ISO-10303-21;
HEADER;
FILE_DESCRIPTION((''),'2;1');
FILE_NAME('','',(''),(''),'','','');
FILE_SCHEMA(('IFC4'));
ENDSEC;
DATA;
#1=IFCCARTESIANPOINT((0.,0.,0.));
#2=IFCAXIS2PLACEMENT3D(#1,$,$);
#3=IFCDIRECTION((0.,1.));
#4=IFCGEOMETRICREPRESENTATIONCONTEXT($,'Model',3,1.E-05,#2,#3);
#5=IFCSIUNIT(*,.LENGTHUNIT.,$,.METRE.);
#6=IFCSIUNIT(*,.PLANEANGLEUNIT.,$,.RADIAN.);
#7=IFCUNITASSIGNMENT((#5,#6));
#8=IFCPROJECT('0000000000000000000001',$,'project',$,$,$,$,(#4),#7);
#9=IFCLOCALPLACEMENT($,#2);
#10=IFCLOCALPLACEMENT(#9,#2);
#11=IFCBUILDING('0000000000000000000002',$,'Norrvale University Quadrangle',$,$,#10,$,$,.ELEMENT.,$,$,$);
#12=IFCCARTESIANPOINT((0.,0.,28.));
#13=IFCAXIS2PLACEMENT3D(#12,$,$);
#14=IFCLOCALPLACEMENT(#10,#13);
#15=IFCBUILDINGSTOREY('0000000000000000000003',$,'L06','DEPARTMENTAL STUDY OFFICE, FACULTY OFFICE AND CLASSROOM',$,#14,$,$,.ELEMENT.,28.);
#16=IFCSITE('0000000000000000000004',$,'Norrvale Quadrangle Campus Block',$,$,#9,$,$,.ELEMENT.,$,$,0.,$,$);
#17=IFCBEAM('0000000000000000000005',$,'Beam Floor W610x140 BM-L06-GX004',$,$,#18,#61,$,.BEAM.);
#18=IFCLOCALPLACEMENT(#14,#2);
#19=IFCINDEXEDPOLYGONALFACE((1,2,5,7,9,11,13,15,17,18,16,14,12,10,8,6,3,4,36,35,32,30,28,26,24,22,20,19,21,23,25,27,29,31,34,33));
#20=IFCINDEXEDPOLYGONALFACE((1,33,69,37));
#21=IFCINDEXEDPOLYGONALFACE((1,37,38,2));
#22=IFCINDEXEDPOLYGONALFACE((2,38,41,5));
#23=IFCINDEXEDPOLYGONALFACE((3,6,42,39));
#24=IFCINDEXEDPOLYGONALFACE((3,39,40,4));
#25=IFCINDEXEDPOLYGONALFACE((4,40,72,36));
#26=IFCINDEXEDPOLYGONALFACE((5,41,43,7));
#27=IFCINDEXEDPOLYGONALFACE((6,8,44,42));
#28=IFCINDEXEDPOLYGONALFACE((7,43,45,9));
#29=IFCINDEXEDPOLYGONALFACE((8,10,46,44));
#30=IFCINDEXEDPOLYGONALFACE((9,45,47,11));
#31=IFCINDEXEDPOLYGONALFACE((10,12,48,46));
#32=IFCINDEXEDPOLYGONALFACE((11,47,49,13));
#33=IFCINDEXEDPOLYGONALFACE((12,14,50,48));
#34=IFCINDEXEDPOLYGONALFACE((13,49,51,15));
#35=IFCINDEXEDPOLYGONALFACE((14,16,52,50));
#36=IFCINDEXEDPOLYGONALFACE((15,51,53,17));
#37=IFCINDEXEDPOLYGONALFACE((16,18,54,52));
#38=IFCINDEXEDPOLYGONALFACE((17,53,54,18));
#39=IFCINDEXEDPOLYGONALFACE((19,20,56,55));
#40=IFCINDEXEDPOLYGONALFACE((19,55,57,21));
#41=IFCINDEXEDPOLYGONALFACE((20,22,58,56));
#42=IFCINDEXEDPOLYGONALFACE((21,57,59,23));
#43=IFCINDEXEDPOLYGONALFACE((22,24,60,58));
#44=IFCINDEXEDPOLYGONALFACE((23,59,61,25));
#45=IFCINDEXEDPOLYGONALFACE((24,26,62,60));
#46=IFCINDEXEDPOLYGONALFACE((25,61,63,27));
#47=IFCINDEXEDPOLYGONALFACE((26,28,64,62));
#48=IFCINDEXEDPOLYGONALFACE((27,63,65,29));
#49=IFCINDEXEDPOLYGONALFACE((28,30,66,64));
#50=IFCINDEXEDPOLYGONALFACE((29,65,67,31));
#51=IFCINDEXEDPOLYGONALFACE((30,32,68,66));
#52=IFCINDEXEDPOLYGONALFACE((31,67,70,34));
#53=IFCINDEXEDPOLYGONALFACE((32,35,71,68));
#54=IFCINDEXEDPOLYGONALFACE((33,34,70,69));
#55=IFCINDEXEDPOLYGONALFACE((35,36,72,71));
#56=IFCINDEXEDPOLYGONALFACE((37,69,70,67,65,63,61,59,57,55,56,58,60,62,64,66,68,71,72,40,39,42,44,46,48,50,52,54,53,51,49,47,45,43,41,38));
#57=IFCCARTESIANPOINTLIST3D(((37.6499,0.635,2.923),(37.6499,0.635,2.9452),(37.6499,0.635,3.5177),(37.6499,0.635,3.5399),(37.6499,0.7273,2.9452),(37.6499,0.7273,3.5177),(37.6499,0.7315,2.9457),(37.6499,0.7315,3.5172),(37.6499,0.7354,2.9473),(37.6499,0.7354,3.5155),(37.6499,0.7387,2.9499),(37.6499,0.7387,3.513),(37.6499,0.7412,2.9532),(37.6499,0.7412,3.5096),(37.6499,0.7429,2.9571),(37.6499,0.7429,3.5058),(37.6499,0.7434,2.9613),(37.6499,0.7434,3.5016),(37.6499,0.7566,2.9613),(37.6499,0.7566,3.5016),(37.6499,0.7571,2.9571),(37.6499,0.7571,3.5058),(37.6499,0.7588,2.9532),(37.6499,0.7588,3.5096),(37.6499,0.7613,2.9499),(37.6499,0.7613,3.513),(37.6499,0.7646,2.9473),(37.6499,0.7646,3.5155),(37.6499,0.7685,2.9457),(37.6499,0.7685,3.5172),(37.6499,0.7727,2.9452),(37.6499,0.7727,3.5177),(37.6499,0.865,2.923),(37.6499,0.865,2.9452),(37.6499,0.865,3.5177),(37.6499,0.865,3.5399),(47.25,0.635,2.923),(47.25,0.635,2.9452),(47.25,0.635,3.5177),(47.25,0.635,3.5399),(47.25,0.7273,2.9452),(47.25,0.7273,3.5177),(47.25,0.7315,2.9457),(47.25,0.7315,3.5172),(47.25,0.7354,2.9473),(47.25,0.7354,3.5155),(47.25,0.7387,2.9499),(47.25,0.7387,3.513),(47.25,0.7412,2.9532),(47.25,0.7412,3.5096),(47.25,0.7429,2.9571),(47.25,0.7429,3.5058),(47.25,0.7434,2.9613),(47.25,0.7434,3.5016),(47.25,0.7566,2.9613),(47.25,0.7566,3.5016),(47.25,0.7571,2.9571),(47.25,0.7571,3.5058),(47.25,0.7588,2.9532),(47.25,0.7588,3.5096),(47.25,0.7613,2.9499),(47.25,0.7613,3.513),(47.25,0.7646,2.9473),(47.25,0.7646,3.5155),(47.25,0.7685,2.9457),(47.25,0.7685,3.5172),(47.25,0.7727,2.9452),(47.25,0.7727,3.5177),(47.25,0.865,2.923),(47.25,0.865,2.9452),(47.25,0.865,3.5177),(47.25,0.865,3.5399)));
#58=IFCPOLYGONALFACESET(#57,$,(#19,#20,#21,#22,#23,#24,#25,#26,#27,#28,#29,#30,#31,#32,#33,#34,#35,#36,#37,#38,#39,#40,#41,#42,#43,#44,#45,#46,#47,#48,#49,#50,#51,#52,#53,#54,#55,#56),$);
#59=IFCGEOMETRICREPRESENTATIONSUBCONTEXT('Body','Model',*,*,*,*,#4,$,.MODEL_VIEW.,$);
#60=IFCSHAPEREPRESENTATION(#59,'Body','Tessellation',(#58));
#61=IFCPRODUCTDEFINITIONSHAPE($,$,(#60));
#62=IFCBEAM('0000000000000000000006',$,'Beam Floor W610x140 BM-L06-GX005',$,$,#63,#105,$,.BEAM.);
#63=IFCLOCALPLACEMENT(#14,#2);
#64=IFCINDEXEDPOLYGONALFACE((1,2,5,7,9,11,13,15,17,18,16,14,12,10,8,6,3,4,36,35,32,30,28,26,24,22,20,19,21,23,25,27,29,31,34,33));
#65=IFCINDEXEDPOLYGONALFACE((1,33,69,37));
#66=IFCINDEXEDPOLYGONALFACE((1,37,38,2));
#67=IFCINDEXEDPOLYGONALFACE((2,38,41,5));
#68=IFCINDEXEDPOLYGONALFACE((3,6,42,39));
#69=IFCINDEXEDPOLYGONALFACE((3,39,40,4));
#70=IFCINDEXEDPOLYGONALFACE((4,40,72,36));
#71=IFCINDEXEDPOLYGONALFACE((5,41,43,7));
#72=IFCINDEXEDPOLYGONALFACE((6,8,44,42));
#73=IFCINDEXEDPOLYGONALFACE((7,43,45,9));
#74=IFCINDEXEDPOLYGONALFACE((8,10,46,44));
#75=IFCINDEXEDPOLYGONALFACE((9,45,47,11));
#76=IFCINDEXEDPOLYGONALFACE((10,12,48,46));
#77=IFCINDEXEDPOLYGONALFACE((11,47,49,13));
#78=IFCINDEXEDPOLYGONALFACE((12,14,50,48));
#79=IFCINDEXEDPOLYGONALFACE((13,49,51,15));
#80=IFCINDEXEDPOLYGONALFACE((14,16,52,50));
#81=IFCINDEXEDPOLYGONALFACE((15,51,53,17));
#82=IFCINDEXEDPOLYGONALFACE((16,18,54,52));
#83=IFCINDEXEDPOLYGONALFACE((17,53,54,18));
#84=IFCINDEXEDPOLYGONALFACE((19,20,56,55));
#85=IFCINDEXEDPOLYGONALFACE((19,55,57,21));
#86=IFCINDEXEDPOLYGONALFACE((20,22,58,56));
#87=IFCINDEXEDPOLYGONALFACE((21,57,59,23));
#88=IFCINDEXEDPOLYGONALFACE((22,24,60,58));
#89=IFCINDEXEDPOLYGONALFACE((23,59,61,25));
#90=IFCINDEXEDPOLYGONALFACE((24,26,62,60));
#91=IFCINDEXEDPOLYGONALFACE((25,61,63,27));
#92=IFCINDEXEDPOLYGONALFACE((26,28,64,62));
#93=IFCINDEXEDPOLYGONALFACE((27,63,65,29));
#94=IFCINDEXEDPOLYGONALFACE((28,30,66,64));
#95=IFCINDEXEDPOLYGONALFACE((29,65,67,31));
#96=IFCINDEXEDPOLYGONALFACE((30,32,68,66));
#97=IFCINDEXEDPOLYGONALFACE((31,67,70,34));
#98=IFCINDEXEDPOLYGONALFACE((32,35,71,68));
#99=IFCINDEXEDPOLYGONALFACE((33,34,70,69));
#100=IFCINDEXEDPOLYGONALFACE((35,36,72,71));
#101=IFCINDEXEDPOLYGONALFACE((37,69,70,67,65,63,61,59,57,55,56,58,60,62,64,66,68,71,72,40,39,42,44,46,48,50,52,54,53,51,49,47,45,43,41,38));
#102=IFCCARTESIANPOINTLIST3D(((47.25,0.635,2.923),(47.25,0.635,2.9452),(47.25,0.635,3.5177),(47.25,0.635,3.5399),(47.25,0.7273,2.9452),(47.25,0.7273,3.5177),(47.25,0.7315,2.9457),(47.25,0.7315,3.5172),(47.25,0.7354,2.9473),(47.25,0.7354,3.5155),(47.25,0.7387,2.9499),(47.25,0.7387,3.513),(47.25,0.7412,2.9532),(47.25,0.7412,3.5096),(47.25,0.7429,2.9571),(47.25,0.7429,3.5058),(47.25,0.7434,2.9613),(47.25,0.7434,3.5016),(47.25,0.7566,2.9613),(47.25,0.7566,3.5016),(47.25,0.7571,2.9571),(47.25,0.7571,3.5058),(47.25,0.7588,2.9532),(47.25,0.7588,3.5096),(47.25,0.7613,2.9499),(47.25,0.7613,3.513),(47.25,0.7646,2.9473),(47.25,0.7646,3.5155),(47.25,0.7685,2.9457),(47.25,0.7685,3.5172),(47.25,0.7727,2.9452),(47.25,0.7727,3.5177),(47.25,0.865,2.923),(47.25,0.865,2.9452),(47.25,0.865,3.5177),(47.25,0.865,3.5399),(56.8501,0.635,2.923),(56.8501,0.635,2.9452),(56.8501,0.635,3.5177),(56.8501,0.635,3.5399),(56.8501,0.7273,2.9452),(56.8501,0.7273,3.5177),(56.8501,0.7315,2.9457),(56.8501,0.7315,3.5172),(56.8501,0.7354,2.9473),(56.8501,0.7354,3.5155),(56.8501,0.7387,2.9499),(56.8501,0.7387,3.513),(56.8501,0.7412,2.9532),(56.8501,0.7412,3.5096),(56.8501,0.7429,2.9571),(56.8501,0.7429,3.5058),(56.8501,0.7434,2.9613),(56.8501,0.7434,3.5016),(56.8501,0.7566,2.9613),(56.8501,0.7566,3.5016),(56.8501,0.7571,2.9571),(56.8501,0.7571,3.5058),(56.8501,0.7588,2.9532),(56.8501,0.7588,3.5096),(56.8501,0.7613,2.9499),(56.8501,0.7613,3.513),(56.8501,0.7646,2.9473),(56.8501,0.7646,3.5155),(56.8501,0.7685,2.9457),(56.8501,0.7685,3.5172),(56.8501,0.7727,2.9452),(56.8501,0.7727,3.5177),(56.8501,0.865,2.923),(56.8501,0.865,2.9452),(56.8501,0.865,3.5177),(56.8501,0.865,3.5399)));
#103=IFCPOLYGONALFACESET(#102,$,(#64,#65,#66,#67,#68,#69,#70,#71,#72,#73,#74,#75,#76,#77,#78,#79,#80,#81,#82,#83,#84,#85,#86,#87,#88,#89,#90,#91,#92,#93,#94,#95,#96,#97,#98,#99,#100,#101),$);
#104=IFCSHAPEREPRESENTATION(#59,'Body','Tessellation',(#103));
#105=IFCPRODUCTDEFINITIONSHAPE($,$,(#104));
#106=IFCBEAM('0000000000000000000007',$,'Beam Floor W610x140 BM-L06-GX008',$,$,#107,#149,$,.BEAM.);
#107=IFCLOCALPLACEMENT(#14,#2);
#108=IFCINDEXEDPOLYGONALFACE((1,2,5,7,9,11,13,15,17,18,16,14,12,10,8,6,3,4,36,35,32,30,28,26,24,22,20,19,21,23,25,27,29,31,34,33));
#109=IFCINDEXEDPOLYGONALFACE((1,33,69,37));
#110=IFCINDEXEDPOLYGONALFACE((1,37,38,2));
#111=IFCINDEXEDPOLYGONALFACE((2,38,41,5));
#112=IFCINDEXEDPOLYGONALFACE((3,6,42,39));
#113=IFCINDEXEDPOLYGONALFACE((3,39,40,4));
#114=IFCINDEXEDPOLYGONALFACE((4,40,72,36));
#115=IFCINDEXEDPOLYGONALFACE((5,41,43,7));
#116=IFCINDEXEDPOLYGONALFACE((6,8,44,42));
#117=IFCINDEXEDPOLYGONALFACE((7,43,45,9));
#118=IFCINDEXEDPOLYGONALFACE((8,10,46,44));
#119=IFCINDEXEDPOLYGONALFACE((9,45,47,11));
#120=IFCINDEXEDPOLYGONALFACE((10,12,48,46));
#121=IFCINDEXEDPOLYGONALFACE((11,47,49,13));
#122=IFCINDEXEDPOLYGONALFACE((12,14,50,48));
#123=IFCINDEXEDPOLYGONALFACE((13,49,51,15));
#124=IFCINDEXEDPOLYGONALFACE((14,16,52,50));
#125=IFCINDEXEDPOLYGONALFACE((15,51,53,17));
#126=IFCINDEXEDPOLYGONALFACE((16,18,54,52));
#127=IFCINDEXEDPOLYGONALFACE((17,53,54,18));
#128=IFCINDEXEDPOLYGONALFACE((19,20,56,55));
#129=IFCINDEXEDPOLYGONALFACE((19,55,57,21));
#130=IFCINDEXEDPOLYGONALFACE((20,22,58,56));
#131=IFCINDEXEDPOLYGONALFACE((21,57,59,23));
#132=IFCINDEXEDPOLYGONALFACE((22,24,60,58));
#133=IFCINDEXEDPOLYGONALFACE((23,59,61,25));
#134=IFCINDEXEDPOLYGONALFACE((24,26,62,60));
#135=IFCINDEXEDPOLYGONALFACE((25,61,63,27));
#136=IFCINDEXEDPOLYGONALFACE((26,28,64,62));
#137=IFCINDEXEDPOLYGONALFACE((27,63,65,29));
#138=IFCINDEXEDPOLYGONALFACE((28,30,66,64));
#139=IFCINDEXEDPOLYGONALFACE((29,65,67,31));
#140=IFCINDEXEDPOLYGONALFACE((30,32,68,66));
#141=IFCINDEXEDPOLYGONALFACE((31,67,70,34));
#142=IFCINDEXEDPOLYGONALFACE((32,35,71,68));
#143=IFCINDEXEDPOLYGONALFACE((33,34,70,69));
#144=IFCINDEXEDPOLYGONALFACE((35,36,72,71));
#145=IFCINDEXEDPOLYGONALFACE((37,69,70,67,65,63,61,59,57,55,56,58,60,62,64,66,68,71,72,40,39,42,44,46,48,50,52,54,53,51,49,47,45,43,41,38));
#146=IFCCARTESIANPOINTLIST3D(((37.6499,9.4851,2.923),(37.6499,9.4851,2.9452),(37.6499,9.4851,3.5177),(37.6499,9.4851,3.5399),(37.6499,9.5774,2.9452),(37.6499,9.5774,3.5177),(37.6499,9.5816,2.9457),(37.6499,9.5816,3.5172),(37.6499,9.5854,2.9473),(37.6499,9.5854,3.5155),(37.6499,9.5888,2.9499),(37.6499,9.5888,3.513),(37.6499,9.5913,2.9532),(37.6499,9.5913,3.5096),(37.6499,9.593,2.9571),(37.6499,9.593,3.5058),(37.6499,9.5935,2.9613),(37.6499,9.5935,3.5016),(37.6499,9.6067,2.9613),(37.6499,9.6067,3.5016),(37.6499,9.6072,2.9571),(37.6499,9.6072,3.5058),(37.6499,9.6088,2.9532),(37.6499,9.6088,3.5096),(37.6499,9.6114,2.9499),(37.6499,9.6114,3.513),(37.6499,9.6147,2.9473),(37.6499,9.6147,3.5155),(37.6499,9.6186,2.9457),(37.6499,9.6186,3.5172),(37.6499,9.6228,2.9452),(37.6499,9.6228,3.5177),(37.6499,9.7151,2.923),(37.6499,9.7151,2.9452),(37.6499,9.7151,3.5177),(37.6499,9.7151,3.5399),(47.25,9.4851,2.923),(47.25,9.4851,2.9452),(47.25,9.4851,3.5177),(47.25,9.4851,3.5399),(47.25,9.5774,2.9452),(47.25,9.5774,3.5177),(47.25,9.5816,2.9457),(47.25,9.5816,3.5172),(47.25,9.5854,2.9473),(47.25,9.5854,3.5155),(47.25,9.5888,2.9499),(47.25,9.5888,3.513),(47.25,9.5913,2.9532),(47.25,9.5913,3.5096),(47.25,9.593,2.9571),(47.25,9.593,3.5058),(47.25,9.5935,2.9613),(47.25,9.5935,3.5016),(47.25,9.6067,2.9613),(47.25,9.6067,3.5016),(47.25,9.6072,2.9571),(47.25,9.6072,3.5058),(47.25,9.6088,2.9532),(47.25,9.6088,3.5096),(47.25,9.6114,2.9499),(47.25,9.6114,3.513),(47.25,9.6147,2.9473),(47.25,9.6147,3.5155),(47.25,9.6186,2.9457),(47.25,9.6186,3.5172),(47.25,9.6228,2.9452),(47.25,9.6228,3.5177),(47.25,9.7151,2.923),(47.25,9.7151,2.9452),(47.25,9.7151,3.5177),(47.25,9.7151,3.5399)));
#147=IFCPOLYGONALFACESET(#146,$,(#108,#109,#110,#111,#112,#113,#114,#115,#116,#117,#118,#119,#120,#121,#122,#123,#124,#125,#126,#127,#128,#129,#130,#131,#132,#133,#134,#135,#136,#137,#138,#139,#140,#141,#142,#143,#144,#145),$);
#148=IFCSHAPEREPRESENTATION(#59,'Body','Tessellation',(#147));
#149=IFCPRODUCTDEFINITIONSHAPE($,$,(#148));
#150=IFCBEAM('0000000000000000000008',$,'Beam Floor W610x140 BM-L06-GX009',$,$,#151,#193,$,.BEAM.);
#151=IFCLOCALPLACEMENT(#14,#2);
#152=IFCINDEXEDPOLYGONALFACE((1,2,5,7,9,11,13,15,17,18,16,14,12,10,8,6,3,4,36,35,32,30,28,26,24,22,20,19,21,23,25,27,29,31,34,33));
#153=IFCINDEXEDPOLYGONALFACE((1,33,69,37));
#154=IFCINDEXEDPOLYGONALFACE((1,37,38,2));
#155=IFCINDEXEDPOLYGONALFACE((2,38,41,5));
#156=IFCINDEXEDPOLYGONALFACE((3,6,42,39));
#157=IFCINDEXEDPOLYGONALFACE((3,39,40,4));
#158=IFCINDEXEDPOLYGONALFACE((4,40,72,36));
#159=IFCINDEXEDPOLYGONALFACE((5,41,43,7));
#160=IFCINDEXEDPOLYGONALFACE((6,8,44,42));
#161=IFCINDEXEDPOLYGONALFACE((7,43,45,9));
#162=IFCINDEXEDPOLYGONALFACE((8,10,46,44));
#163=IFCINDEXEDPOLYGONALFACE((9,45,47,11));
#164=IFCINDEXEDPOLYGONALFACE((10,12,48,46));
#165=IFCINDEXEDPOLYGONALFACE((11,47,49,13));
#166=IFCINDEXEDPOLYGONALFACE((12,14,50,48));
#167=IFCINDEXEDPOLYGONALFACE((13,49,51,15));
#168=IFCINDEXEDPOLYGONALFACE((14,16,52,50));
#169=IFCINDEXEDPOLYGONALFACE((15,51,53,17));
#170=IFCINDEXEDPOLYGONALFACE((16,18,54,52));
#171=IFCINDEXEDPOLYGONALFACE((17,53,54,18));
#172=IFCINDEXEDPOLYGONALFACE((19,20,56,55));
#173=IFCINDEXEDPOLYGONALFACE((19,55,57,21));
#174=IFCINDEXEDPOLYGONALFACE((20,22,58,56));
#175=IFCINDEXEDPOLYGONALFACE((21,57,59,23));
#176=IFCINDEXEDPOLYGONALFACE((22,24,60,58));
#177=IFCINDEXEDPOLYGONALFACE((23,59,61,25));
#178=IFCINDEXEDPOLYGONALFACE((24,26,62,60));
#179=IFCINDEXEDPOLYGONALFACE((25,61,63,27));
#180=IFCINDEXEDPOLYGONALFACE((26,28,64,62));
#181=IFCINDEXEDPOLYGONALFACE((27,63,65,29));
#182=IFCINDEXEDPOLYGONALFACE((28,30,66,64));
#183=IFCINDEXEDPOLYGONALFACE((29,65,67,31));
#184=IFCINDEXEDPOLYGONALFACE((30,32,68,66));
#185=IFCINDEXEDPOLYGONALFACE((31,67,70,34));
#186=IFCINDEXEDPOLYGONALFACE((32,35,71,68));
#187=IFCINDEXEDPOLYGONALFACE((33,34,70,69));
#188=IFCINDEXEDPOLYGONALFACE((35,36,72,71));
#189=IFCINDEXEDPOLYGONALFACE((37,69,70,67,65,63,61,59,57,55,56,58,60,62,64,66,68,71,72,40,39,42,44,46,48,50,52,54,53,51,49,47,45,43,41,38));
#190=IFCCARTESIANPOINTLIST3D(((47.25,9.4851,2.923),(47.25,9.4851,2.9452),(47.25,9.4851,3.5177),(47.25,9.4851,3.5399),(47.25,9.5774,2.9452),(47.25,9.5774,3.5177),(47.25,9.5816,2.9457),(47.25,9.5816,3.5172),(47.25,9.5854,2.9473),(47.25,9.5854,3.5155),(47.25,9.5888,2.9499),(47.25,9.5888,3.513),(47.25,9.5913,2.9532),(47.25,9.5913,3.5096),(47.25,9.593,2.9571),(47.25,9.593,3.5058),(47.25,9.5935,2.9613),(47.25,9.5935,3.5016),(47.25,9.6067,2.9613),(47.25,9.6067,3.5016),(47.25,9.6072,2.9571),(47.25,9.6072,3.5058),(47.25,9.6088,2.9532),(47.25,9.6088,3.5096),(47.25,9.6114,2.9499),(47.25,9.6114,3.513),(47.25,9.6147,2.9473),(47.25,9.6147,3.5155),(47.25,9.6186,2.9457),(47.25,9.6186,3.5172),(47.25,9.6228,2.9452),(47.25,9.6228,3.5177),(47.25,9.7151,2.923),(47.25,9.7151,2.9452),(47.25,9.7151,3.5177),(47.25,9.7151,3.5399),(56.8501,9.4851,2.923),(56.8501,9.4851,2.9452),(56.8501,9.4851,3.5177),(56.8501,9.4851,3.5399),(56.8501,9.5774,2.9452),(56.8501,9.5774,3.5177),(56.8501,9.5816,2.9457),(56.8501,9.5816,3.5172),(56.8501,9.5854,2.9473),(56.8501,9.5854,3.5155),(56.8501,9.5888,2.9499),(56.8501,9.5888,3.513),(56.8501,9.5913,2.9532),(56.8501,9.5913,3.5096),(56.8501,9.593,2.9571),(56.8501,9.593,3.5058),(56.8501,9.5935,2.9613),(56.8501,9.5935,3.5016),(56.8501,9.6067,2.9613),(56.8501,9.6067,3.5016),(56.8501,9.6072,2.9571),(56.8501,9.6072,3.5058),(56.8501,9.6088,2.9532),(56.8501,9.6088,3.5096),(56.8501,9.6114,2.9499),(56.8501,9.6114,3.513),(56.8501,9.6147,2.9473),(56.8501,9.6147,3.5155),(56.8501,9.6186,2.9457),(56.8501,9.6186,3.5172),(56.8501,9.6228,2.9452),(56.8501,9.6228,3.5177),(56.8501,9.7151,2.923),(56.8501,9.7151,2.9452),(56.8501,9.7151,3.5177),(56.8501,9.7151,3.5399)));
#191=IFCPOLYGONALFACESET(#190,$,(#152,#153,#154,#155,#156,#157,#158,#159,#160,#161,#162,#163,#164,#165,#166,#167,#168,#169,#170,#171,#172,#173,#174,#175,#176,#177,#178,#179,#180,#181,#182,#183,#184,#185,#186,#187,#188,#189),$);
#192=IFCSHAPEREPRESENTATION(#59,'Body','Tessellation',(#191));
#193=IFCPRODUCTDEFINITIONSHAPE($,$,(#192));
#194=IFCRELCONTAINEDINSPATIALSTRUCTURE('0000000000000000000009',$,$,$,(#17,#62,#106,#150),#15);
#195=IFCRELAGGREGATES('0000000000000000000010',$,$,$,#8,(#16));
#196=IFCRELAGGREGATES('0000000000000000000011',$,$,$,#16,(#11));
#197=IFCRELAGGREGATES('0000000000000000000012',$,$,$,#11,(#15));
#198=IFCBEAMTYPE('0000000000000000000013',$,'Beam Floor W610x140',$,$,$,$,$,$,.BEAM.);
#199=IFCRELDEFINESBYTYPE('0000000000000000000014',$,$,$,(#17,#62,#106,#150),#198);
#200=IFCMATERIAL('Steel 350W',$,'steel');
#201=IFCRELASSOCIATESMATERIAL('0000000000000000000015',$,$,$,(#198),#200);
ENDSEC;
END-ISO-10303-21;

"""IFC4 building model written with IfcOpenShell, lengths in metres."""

from ifc_helpers import new_model, si_unit, direction, frame, origin, origin_2d, place, context, subcontext, project, spatial, i_section, extrude, material, material_profile, profile_set, type_object, element, save


model = new_model("IFC4")

# Units and contexts
model_context = context("Model", 3, precision=1e-05, world=origin(), true_north=direction((0.0, 1.0)))
body_context = subcontext(model_context, "Body", "Model", "MODEL_VIEW")
ifc_project = project(units=[si_unit("LENGTHUNIT", "METRE"), si_unit("PLANEANGLEUNIT", "RADIAN")], contexts=[model_context])

# Site, building, storey
site_placement = place(None, origin())
site = spatial("IfcSite", under=ifc_project, at=site_placement, Name="Norrvale Quadrangle Campus Block", CompositionType="ELEMENT", RefElevation=0.0)
building_placement = place(site_placement, origin())
building = spatial("IfcBuilding", under=site, at=building_placement, Name="Norrvale University Quadrangle", CompositionType="ELEMENT")
storey_placement = place(building_placement, frame((0.0, 0.0, 28.0)))
storey = spatial("IfcBuildingStorey", under=building, at=storey_placement, Name="L06", Description="DEPARTMENTAL STUDY OFFICE, FACULTY OFFICE AND CLASSROOM", CompositionType="ELEMENT", Elevation=28.0)

# Beams
ifc_material_1 = material(Name="Steel 350W", Category="steel")
ifc_material_profile_1 = material_profile(ifc_material_1, i_section(OverallWidth=0.23, OverallDepth=0.6169, WebThickness=0.0132, FlangeThickness=0.0222, FilletRadius=0.0161, at=origin_2d()), Name="Steel 350W")
ifc_profile_set_1 = profile_set([ifc_material_profile_1], Name="Steel 350W")
beam_type_1 = type_object("IfcBeamType", Name="Beam Floor W610x140", PredefinedType="BEAM", material=ifc_profile_set_1)
for number, where, z_axis, x_axis, name in (
    (1, (37.6499, 0.75, 3.2314), (1.0, 0.0, 0.0), (0.0, 1.0, 0.0), "Beam Floor W610x140 BM-L06-GX004"),
    (2, (47.25, 0.75, 3.2314), (1.0, 0.0, 0.0), (0.0, 1.0, 0.0), "Beam Floor W610x140 BM-L06-GX005"),
    (3, (37.6499, 9.6001, 3.2314), (1.0, 0.0, 0.0), (0.0, 1.0, 0.0), "Beam Floor W610x140 BM-L06-GX008"),
    (4, (47.25, 9.6001, 3.2314), (1.0, 0.0, 0.0), (0.0, 1.0, 0.0), "Beam Floor W610x140 BM-L06-GX009"),
):
    element("IfcBeam", number, at=place(storey_placement, frame(where, z_axis=z_axis, x_axis=x_axis)), inside=storey, type_object=beam_type_1, Name=name, PredefinedType="BEAM", context=body_context, shape_type="SweptSolid", body=[
        extrude(i_section(OverallWidth=0.23, OverallDepth=0.6169, WebThickness=0.0132, FlangeThickness=0.0222, FilletRadius=0.0161, at=origin_2d()), origin(), (0.0, 0.0, 1.0), 9.6001),
    ])

save(model, "model.ifc")
